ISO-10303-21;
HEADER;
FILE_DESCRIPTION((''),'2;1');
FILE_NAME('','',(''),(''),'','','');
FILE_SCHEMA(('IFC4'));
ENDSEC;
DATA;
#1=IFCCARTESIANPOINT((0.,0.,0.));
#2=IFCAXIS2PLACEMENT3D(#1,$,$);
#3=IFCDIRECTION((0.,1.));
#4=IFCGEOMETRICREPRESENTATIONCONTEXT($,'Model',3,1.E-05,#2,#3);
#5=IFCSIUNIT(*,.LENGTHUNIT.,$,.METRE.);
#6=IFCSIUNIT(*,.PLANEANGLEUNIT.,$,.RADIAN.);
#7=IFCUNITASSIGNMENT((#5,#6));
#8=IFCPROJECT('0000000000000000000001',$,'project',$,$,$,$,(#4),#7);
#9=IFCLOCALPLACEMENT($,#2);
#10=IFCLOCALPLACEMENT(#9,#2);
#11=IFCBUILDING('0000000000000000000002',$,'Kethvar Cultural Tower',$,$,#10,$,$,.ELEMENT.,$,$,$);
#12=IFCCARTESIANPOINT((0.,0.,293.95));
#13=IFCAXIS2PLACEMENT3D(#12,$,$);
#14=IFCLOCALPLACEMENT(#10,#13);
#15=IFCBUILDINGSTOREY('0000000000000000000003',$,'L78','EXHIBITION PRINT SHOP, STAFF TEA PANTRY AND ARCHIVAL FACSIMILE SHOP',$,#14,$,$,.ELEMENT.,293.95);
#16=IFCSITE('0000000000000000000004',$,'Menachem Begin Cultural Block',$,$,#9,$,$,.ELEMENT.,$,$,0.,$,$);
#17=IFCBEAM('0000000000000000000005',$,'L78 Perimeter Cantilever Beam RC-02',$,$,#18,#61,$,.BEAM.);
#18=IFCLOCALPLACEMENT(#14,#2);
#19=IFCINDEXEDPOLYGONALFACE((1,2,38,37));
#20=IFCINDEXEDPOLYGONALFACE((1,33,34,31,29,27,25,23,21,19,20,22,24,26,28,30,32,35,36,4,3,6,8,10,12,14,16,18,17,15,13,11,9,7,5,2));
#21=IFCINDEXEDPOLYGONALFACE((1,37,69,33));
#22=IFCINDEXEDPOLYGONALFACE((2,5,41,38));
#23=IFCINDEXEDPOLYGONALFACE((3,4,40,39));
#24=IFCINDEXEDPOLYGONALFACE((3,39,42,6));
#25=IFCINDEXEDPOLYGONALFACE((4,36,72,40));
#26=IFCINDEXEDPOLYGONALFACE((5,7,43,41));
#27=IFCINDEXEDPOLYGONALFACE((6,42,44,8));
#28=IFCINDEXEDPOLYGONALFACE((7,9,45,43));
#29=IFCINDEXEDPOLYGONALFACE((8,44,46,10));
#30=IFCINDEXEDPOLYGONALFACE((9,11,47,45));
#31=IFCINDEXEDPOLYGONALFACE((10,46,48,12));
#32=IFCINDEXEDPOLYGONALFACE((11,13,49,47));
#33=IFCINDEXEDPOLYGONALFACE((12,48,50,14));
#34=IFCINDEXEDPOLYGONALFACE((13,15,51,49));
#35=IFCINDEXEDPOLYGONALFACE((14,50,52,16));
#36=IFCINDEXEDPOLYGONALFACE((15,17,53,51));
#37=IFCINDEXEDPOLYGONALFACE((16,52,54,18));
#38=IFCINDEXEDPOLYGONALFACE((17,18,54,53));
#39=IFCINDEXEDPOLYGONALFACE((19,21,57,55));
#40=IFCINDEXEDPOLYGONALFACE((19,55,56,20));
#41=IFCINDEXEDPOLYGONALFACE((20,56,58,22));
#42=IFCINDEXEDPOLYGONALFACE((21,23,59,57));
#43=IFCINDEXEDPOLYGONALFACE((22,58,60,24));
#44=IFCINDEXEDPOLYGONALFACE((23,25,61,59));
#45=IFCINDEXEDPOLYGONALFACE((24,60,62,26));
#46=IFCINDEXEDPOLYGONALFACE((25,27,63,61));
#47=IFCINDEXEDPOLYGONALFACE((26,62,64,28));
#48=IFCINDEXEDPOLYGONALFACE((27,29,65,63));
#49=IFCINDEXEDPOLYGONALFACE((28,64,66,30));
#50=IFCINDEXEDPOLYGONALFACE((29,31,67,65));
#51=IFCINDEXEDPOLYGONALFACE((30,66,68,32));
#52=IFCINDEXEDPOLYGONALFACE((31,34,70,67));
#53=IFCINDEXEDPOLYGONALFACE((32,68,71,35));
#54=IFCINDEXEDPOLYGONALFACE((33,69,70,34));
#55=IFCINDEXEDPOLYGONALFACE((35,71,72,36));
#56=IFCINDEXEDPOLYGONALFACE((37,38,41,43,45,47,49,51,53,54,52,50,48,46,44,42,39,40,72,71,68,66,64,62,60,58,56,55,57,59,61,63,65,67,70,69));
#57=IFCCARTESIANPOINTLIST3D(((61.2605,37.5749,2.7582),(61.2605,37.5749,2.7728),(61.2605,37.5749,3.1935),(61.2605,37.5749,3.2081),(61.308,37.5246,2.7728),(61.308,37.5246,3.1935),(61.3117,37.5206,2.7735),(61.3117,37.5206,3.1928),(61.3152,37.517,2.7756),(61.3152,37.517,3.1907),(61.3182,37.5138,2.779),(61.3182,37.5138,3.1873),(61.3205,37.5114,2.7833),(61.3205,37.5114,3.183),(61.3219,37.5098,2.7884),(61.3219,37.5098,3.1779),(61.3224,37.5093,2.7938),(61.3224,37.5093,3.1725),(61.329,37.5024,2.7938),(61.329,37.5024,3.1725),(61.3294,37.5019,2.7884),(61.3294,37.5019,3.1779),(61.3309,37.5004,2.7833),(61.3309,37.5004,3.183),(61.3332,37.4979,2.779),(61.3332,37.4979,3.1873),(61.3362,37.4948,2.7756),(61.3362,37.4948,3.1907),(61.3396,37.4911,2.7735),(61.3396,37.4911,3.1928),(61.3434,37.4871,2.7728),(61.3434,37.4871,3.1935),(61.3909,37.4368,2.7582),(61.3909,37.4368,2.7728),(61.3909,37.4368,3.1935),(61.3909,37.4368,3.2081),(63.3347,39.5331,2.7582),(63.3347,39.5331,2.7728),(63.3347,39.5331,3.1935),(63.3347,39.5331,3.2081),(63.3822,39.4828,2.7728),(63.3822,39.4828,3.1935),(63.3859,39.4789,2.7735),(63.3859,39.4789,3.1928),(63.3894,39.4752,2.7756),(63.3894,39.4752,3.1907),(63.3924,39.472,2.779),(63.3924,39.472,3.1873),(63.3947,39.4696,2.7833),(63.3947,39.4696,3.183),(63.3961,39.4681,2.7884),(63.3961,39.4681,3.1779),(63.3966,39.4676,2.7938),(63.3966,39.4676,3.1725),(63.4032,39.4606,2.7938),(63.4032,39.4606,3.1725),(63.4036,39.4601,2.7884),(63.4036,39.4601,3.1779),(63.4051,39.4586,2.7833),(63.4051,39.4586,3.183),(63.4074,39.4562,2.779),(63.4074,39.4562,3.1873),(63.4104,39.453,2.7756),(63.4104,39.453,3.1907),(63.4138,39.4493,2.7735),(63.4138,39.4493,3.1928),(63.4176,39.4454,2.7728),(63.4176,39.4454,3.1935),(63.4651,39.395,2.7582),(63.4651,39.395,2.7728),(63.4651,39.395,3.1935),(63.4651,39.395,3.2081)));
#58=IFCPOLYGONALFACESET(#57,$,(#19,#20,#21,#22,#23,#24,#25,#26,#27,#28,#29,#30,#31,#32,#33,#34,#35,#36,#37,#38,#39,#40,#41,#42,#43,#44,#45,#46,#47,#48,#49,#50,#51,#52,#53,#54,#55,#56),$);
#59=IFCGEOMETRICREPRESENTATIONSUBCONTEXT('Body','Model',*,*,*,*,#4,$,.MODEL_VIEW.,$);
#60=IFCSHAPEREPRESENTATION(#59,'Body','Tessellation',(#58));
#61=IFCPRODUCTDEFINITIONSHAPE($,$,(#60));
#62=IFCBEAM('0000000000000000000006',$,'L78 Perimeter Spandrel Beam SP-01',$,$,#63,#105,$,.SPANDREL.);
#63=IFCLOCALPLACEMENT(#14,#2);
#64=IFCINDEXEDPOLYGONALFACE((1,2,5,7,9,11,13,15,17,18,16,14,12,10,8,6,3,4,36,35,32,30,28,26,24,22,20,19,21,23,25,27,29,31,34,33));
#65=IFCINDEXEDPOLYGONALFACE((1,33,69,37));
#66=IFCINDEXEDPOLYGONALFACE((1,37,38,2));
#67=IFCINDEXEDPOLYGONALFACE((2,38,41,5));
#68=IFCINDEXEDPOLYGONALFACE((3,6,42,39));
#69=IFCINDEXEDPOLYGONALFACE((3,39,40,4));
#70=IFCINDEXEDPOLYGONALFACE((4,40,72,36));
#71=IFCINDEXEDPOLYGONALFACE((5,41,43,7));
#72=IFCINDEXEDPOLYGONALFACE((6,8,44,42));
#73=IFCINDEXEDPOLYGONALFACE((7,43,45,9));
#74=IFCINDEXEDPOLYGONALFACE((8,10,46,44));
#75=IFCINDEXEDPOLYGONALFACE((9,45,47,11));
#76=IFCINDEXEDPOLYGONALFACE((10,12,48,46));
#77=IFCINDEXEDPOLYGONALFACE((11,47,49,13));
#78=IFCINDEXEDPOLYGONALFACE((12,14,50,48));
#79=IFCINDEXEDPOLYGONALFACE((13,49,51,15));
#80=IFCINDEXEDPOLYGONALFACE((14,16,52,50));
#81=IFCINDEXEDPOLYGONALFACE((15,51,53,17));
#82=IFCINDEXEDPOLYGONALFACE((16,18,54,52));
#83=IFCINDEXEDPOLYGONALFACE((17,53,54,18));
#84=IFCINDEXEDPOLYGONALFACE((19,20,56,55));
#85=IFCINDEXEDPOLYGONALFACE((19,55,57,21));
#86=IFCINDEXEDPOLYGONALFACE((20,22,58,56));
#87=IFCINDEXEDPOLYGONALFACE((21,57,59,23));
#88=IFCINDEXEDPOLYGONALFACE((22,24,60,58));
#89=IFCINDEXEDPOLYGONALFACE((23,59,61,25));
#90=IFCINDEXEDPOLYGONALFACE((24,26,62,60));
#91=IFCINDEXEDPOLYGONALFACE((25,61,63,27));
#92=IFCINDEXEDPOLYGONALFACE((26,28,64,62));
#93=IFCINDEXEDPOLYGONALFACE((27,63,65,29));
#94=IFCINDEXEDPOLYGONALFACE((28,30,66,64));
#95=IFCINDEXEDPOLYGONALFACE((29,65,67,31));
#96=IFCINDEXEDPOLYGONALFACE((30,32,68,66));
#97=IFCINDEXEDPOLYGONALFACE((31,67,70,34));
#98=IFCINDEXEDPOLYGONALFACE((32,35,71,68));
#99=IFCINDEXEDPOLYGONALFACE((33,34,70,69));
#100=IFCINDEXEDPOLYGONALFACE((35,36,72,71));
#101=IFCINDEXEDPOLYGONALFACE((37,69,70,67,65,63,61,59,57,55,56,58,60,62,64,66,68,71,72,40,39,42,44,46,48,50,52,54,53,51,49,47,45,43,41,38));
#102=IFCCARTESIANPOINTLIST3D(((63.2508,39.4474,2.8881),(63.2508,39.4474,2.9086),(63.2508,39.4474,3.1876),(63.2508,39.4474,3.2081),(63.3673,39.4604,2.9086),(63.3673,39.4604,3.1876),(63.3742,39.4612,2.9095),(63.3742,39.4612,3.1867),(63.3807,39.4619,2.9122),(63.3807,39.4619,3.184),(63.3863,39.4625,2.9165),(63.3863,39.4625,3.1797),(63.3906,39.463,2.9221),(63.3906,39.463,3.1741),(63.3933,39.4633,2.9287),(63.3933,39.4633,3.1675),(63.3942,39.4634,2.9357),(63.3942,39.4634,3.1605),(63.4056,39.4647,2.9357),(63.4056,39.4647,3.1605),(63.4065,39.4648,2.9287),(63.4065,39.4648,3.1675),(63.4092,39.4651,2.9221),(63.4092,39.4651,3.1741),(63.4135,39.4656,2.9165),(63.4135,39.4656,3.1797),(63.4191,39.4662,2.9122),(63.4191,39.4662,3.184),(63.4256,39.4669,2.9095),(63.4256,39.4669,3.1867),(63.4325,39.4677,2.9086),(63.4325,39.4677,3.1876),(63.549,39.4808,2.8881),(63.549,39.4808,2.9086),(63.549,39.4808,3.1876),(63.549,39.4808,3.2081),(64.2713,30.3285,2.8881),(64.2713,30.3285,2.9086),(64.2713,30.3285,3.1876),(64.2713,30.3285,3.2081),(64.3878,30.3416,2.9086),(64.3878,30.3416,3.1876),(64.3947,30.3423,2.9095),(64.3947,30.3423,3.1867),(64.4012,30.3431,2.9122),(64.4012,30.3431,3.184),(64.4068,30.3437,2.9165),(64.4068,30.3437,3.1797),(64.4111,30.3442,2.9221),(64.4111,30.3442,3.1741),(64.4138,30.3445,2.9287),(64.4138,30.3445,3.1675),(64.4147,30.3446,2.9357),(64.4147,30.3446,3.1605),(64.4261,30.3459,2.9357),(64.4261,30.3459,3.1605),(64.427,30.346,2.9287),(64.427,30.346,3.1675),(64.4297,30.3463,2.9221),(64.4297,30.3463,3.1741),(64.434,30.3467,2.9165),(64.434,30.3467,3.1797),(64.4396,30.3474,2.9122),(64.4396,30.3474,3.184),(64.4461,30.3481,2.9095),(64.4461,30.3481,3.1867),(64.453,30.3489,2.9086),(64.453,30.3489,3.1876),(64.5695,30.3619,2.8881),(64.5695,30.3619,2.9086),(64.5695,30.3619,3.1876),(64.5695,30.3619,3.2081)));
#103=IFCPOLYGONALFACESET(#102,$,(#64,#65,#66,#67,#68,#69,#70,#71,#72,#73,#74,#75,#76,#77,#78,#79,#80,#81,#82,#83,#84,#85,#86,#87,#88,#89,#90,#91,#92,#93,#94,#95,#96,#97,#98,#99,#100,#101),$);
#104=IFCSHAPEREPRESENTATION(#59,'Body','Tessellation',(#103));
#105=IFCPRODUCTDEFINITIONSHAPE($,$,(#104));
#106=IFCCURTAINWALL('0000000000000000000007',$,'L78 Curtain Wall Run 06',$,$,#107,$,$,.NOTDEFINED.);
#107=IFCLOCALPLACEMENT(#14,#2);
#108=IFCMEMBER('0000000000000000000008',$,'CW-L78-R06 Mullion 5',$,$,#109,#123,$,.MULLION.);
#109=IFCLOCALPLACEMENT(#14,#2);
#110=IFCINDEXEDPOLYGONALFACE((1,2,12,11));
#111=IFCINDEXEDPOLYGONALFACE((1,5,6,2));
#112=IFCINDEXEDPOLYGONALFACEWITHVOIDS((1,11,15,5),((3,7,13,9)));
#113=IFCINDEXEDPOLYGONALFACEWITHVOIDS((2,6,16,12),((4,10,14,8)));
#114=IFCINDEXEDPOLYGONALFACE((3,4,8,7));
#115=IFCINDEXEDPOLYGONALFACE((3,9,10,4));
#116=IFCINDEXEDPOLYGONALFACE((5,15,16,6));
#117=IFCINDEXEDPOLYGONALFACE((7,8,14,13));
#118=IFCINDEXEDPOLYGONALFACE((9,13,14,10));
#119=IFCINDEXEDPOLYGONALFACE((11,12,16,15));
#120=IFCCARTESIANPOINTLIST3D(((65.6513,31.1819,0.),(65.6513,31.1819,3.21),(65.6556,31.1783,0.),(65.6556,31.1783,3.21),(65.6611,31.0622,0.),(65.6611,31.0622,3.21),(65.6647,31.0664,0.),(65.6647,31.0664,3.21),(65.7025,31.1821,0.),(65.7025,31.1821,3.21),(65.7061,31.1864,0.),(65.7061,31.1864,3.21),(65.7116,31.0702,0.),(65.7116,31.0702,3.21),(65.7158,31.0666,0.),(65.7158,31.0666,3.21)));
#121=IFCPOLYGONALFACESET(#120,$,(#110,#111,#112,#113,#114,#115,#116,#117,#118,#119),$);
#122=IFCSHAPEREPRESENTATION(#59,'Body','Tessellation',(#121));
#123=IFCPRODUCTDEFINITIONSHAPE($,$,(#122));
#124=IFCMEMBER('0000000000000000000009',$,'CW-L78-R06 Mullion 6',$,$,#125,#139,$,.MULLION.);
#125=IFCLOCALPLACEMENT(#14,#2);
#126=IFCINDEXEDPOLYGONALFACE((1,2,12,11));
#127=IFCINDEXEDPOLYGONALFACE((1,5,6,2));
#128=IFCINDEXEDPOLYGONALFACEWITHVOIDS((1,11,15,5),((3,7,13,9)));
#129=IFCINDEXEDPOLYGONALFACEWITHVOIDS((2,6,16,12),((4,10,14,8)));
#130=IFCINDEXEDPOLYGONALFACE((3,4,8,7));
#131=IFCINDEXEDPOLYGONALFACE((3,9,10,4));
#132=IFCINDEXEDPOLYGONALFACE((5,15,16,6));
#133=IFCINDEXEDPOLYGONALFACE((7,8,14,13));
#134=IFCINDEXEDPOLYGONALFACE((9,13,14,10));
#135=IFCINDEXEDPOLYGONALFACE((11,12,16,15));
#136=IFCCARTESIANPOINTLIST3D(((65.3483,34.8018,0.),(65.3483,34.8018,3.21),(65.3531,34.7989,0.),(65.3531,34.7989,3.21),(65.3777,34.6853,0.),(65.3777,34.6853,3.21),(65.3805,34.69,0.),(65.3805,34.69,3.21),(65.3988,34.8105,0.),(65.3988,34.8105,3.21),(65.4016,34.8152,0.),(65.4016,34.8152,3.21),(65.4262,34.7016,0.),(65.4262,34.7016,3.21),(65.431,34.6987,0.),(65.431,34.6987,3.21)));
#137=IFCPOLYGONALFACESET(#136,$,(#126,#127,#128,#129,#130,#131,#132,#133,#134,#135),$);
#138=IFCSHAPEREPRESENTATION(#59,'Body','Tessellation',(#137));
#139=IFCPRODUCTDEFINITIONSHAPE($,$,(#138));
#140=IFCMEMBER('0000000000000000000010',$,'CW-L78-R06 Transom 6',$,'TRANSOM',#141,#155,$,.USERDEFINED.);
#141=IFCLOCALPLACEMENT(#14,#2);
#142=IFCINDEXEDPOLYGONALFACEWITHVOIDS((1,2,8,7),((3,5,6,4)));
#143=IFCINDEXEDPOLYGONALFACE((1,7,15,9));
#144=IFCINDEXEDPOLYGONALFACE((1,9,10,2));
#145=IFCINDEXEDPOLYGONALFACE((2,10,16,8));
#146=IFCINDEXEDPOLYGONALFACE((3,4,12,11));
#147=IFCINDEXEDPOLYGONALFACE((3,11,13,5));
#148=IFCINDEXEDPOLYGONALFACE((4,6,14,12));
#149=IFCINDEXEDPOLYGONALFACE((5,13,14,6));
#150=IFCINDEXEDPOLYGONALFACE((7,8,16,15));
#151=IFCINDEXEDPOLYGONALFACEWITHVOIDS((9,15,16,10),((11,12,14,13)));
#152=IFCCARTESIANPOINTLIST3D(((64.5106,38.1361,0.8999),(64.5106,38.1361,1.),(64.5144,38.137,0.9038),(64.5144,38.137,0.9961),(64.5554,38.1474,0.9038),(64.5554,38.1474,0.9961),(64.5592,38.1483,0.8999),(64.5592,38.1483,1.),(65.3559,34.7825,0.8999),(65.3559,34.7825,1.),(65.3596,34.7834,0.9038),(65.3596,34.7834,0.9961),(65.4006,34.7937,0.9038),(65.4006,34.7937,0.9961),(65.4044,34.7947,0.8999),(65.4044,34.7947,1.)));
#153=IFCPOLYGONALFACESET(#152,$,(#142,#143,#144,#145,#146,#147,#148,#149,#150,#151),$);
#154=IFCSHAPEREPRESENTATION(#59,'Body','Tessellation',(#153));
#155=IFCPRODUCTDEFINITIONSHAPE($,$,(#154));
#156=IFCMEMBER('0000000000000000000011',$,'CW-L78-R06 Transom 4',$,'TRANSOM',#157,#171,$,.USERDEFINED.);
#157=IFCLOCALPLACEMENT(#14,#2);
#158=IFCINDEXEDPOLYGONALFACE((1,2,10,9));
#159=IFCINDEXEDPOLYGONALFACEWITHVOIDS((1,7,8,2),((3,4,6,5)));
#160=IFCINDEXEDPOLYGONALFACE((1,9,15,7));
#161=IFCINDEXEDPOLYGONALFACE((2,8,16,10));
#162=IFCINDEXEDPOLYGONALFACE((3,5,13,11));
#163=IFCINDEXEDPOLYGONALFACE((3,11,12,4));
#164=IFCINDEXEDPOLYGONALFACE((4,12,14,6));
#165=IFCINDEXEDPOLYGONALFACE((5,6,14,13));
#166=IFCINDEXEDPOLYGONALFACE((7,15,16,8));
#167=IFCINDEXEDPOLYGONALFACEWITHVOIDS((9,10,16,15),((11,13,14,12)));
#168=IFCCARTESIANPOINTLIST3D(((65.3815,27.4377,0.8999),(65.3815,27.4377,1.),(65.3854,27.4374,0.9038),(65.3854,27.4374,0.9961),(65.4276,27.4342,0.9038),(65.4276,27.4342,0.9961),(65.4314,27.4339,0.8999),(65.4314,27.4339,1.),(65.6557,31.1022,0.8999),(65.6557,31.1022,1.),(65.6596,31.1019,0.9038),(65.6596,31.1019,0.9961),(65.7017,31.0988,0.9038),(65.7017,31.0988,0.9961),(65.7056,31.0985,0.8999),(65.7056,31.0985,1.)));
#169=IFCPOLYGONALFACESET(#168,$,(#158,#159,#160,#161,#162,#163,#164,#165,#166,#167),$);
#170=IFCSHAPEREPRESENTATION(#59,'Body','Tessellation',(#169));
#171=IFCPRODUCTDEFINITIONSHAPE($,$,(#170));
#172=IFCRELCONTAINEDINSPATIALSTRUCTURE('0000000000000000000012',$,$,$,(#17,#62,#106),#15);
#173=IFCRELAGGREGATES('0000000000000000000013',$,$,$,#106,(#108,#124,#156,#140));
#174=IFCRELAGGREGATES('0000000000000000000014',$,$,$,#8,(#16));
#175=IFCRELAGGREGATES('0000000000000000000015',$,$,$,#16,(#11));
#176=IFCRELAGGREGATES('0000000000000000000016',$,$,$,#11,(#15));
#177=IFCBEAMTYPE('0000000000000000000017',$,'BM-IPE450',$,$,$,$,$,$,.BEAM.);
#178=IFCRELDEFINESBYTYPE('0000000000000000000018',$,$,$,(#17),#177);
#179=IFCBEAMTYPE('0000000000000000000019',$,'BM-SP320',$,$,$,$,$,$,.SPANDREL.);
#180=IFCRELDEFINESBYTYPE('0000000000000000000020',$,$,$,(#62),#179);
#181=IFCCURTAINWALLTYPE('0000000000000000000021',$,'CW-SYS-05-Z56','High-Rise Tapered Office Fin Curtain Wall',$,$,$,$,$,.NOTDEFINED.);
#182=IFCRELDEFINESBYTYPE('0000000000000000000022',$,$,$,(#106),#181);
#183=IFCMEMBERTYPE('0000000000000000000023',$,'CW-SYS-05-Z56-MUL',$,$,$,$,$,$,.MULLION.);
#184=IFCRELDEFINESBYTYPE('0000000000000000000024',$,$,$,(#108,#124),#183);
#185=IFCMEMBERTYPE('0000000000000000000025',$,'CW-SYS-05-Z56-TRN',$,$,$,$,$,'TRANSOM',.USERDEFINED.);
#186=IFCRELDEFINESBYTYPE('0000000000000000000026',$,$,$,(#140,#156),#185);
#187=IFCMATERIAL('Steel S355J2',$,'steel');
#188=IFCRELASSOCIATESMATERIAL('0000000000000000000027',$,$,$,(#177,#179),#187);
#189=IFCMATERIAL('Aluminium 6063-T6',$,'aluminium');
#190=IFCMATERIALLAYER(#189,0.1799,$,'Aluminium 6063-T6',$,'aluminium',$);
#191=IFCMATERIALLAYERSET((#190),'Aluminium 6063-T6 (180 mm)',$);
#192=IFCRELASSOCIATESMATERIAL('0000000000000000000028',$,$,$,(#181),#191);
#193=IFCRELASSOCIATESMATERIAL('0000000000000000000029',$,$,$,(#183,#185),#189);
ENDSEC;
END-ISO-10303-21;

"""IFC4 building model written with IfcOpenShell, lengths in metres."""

from ifc_helpers import new_model, si_unit, direction, frame, origin, origin_2d, place, context, subcontext, project, spatial, hollow_rectangle, i_section, extrude, source, transform, mapped, material, layer, layer_set, material_profile, profile_set, type_object, element, aggregate, save


model = new_model("IFC4")

# Units and contexts
model_context = context("Model", 3, precision=1e-05, world=origin(), true_north=direction((0.0, 1.0)))
body_context = subcontext(model_context, "Body", "Model", "MODEL_VIEW")
ifc_project = project(units=[si_unit("LENGTHUNIT", "METRE"), si_unit("PLANEANGLEUNIT", "RADIAN")], contexts=[model_context])

# Site, building, storey
site_placement = place(None, origin())
site = spatial("IfcSite", under=ifc_project, at=site_placement, Name="Menachem Begin Cultural Block", CompositionType="ELEMENT", RefElevation=0.0)
building_placement = place(site_placement, origin())
building = spatial("IfcBuilding", under=site, at=building_placement, Name="Kethvar Cultural Tower", CompositionType="ELEMENT")
storey_placement = place(building_placement, frame((0.0, 0.0, 293.95)))
storey = spatial("IfcBuildingStorey", under=building, at=storey_placement, Name="L78", Description="EXHIBITION PRINT SHOP, STAFF TEA PANTRY AND ARCHIVAL FACSIMILE SHOP", CompositionType="ELEMENT", Elevation=293.95)

# Shared definitions
ifc_material_1 = material(Name="Steel S355J2", Category="steel")

# Beams
ifc_material_profile_1 = material_profile(ifc_material_1, i_section(OverallWidth=0.1899, OverallDepth=0.45, WebThickness=0.0095, FlangeThickness=0.0146, FilletRadius=0.021, at=origin_2d()), Name="Steel S355J2 — IPE450")
ifc_profile_set_1 = profile_set([ifc_material_profile_1], Name="Steel S355J2 — IPE450")
beam_type_1 = type_object("IfcBeamType", Name="BM-IPE450", PredefinedType="BEAM", material=ifc_profile_set_1)
shared_shape_1 = source(origin(), body_context, "Body", "SweptSolid", [
    extrude(i_section(OverallWidth=0.1899, OverallDepth=0.45, WebThickness=0.0095, FlangeThickness=0.0146, FilletRadius=0.021, at=origin_2d()), origin(), (0.0, 0.0, 1.0), 2.8525),
])
beam_1_placement = place(storey_placement, frame((61.3257, 37.5059, 2.9832), z_axis=(0.727141, 0.686488, 0.0), x_axis=(-0.686488, 0.727141, 0.0)))
element("IfcBeam", 1, at=beam_1_placement, inside=storey, type_object=beam_type_1, Name="L78 Perimeter Cantilever Beam RC-02", PredefinedType="BEAM", context=body_context, shape_type="MappedRepresentation", body=[
    mapped(shared_shape_1, transform((0.0, 0.0, 0.0), scale=1.0)),
])
ifc_material_profile_2 = material_profile(ifc_material_1, i_section(OverallWidth=0.3, OverallDepth=0.3201, WebThickness=0.0115, FlangeThickness=0.0205, FilletRadius=0.0271, at=origin_2d()), Name="Steel S355J2 — HEB320")
ifc_profile_set_2 = profile_set([ifc_material_profile_2], Name="Steel S355J2 — HEB320")
beam_type_2 = type_object("IfcBeamType", Name="BM-SP320", PredefinedType="SPANDREL", material=ifc_profile_set_2)
shared_shape_2 = source(origin(), body_context, "Body", "SweptSolid", [
    extrude(i_section(OverallWidth=0.3, OverallDepth=0.3201, WebThickness=0.0115, FlangeThickness=0.0205, FilletRadius=0.0271, at=origin_2d()), origin(), (0.0, 0.0, 1.0), 9.1758),
])
beam_2_placement = place(storey_placement, frame((64.4204, 30.3452, 3.0481), z_axis=(-0.111217, 0.993796, 0.0), x_axis=(-0.993796, -0.111217, 0.0)))
element("IfcBeam", 2, at=beam_2_placement, inside=storey, type_object=beam_type_2, Name="L78 Perimeter Spandrel Beam SP-01", PredefinedType="SPANDREL", context=body_context, shape_type="MappedRepresentation", body=[
    mapped(shared_shape_2, transform((0.0, 0.0, 0.0), scale=1.0)),
])

# Curtain wall, members
ifc_material_2 = material(Name="Aluminium 6063-T6", Category="aluminium")
ifc_layer_1 = layer(ifc_material_2, 0.1799, Name="Aluminium 6063-T6", Category="aluminium")
ifc_layer_set_1 = layer_set([ifc_layer_1], Name="Aluminium 6063-T6 (180 mm)")
curtain_wall_type = type_object("IfcCurtainWallType", Name="CW-SYS-05-Z56", Description="High-Rise Tapered Office Fin Curtain Wall", PredefinedType="NOTDEFINED", material=ifc_layer_set_1)
curtain_wall_placement = place(storey_placement, origin())
curtain_wall = element("IfcCurtainWall", 3, at=curtain_wall_placement, inside=storey, type_object=curtain_wall_type, Name="L78 Curtain Wall Run 06", PredefinedType="NOTDEFINED")
ifc_material_profile_3 = material_profile(ifc_material_2, hollow_rectangle(XDim=0.0549, YDim=0.1201, WallThickness=0.0039, at=origin_2d()), Name="Aluminium 6063-T6 — RHS120x55x4")
ifc_profile_set_3 = profile_set([ifc_material_profile_3], Name="Aluminium 6063-T6 — RHS120x55x4")
member_type_1 = type_object("IfcMemberType", Name="CW-SYS-05-Z56-MUL", PredefinedType="MULLION", material=ifc_profile_set_3)
shared_shape_3 = source(origin(), body_context, "Body", "SweptSolid", [
    extrude(hollow_rectangle(XDim=0.0549, YDim=0.1201, WallThickness=0.0039, at=origin_2d()), origin(), (0.0, 0.0, 1.0), 3.21),
])
member_1_placement = place(storey_placement, frame((65.6836, 31.1243, 0.0), z_axis=(0.0, 0.0, 1.0), x_axis=(-0.996701, -0.081156, 0.0)))
member_1 = element("IfcMember", 4, at=member_1_placement, type_object=member_type_1, Name="CW-L78-R06 Mullion 5", PredefinedType="MULLION", context=body_context, shape_type="MappedRepresentation", body=[
    mapped(shared_shape_3, transform((0.0, 0.0, 0.0), scale=1.0)),
])
member_2_placement = place(storey_placement, frame((65.3896, 34.7502, 0.0), z_axis=(0.0, 0.0, 1.0), x_axis=(-0.96968, -0.244377, 0.0)))
member_2 = element("IfcMember", 5, at=member_2_placement, type_object=member_type_1, Name="CW-L78-R06 Mullion 6", PredefinedType="MULLION", context=body_context, shape_type="MappedRepresentation", body=[
    mapped(shared_shape_3, transform((0.0, 0.0, 0.0), scale=1.0)),
])
ifc_material_profile_4 = material_profile(ifc_material_2, hollow_rectangle(XDim=0.05, YDim=0.1001, WallThickness=0.0039, at=origin_2d()), Name="Aluminium 6063-T6 — RHS100x50x4")
ifc_profile_set_4 = profile_set([ifc_material_profile_4], Name="Aluminium 6063-T6 — RHS100x50x4")
member_type_2 = type_object("IfcMemberType", Name="CW-SYS-05-Z56-TRN", ElementType="TRANSOM", PredefinedType="USERDEFINED", material=ifc_profile_set_4)
shared_shape_4 = source(origin(), body_context, "Body", "SweptSolid", [
    extrude(hollow_rectangle(XDim=0.05, YDim=0.1001, WallThickness=0.0039, at=origin_2d()), origin(), (0.0, 0.0, 1.0), 3.4585),
])
member_3_placement = place(storey_placement, frame((65.3801, 34.7886, 0.95), z_axis=(-0.244396, 0.969676, 0.0), x_axis=(-0.969676, -0.244396, 0.0)))
member_3 = element("IfcMember", 6, at=member_3_placement, type_object=member_type_2, Name="CW-L78-R06 Transom 6", ObjectType="TRANSOM", PredefinedType="USERDEFINED", context=body_context, shape_type="MappedRepresentation", body=[
    mapped(shared_shape_4, transform((0.0, 0.0, 0.0), scale=1.0)),
])
shared_shape_5 = source(origin(), body_context, "Body", "SweptSolid", [
    extrude(hollow_rectangle(XDim=0.05, YDim=0.1001, WallThickness=0.0039, at=origin_2d()), origin(), (0.0, 0.0, 1.0), 3.6748),
])
member_4_placement = place(storey_placement, frame((65.4065, 27.4358, 0.95), z_axis=(0.074608, 0.997213, 0.0), x_axis=(-0.997213, 0.074608, 0.0)))
member_4 = element("IfcMember", 7, at=member_4_placement, type_object=member_type_2, Name="CW-L78-R06 Transom 4", ObjectType="TRANSOM", PredefinedType="USERDEFINED", context=body_context, shape_type="MappedRepresentation", body=[
    mapped(shared_shape_5, transform((0.0, 0.0, 0.0), scale=1.0)),
])
aggregate(curtain_wall, [member_1, member_2, member_4, member_3])

save(model, "model.ifc")
